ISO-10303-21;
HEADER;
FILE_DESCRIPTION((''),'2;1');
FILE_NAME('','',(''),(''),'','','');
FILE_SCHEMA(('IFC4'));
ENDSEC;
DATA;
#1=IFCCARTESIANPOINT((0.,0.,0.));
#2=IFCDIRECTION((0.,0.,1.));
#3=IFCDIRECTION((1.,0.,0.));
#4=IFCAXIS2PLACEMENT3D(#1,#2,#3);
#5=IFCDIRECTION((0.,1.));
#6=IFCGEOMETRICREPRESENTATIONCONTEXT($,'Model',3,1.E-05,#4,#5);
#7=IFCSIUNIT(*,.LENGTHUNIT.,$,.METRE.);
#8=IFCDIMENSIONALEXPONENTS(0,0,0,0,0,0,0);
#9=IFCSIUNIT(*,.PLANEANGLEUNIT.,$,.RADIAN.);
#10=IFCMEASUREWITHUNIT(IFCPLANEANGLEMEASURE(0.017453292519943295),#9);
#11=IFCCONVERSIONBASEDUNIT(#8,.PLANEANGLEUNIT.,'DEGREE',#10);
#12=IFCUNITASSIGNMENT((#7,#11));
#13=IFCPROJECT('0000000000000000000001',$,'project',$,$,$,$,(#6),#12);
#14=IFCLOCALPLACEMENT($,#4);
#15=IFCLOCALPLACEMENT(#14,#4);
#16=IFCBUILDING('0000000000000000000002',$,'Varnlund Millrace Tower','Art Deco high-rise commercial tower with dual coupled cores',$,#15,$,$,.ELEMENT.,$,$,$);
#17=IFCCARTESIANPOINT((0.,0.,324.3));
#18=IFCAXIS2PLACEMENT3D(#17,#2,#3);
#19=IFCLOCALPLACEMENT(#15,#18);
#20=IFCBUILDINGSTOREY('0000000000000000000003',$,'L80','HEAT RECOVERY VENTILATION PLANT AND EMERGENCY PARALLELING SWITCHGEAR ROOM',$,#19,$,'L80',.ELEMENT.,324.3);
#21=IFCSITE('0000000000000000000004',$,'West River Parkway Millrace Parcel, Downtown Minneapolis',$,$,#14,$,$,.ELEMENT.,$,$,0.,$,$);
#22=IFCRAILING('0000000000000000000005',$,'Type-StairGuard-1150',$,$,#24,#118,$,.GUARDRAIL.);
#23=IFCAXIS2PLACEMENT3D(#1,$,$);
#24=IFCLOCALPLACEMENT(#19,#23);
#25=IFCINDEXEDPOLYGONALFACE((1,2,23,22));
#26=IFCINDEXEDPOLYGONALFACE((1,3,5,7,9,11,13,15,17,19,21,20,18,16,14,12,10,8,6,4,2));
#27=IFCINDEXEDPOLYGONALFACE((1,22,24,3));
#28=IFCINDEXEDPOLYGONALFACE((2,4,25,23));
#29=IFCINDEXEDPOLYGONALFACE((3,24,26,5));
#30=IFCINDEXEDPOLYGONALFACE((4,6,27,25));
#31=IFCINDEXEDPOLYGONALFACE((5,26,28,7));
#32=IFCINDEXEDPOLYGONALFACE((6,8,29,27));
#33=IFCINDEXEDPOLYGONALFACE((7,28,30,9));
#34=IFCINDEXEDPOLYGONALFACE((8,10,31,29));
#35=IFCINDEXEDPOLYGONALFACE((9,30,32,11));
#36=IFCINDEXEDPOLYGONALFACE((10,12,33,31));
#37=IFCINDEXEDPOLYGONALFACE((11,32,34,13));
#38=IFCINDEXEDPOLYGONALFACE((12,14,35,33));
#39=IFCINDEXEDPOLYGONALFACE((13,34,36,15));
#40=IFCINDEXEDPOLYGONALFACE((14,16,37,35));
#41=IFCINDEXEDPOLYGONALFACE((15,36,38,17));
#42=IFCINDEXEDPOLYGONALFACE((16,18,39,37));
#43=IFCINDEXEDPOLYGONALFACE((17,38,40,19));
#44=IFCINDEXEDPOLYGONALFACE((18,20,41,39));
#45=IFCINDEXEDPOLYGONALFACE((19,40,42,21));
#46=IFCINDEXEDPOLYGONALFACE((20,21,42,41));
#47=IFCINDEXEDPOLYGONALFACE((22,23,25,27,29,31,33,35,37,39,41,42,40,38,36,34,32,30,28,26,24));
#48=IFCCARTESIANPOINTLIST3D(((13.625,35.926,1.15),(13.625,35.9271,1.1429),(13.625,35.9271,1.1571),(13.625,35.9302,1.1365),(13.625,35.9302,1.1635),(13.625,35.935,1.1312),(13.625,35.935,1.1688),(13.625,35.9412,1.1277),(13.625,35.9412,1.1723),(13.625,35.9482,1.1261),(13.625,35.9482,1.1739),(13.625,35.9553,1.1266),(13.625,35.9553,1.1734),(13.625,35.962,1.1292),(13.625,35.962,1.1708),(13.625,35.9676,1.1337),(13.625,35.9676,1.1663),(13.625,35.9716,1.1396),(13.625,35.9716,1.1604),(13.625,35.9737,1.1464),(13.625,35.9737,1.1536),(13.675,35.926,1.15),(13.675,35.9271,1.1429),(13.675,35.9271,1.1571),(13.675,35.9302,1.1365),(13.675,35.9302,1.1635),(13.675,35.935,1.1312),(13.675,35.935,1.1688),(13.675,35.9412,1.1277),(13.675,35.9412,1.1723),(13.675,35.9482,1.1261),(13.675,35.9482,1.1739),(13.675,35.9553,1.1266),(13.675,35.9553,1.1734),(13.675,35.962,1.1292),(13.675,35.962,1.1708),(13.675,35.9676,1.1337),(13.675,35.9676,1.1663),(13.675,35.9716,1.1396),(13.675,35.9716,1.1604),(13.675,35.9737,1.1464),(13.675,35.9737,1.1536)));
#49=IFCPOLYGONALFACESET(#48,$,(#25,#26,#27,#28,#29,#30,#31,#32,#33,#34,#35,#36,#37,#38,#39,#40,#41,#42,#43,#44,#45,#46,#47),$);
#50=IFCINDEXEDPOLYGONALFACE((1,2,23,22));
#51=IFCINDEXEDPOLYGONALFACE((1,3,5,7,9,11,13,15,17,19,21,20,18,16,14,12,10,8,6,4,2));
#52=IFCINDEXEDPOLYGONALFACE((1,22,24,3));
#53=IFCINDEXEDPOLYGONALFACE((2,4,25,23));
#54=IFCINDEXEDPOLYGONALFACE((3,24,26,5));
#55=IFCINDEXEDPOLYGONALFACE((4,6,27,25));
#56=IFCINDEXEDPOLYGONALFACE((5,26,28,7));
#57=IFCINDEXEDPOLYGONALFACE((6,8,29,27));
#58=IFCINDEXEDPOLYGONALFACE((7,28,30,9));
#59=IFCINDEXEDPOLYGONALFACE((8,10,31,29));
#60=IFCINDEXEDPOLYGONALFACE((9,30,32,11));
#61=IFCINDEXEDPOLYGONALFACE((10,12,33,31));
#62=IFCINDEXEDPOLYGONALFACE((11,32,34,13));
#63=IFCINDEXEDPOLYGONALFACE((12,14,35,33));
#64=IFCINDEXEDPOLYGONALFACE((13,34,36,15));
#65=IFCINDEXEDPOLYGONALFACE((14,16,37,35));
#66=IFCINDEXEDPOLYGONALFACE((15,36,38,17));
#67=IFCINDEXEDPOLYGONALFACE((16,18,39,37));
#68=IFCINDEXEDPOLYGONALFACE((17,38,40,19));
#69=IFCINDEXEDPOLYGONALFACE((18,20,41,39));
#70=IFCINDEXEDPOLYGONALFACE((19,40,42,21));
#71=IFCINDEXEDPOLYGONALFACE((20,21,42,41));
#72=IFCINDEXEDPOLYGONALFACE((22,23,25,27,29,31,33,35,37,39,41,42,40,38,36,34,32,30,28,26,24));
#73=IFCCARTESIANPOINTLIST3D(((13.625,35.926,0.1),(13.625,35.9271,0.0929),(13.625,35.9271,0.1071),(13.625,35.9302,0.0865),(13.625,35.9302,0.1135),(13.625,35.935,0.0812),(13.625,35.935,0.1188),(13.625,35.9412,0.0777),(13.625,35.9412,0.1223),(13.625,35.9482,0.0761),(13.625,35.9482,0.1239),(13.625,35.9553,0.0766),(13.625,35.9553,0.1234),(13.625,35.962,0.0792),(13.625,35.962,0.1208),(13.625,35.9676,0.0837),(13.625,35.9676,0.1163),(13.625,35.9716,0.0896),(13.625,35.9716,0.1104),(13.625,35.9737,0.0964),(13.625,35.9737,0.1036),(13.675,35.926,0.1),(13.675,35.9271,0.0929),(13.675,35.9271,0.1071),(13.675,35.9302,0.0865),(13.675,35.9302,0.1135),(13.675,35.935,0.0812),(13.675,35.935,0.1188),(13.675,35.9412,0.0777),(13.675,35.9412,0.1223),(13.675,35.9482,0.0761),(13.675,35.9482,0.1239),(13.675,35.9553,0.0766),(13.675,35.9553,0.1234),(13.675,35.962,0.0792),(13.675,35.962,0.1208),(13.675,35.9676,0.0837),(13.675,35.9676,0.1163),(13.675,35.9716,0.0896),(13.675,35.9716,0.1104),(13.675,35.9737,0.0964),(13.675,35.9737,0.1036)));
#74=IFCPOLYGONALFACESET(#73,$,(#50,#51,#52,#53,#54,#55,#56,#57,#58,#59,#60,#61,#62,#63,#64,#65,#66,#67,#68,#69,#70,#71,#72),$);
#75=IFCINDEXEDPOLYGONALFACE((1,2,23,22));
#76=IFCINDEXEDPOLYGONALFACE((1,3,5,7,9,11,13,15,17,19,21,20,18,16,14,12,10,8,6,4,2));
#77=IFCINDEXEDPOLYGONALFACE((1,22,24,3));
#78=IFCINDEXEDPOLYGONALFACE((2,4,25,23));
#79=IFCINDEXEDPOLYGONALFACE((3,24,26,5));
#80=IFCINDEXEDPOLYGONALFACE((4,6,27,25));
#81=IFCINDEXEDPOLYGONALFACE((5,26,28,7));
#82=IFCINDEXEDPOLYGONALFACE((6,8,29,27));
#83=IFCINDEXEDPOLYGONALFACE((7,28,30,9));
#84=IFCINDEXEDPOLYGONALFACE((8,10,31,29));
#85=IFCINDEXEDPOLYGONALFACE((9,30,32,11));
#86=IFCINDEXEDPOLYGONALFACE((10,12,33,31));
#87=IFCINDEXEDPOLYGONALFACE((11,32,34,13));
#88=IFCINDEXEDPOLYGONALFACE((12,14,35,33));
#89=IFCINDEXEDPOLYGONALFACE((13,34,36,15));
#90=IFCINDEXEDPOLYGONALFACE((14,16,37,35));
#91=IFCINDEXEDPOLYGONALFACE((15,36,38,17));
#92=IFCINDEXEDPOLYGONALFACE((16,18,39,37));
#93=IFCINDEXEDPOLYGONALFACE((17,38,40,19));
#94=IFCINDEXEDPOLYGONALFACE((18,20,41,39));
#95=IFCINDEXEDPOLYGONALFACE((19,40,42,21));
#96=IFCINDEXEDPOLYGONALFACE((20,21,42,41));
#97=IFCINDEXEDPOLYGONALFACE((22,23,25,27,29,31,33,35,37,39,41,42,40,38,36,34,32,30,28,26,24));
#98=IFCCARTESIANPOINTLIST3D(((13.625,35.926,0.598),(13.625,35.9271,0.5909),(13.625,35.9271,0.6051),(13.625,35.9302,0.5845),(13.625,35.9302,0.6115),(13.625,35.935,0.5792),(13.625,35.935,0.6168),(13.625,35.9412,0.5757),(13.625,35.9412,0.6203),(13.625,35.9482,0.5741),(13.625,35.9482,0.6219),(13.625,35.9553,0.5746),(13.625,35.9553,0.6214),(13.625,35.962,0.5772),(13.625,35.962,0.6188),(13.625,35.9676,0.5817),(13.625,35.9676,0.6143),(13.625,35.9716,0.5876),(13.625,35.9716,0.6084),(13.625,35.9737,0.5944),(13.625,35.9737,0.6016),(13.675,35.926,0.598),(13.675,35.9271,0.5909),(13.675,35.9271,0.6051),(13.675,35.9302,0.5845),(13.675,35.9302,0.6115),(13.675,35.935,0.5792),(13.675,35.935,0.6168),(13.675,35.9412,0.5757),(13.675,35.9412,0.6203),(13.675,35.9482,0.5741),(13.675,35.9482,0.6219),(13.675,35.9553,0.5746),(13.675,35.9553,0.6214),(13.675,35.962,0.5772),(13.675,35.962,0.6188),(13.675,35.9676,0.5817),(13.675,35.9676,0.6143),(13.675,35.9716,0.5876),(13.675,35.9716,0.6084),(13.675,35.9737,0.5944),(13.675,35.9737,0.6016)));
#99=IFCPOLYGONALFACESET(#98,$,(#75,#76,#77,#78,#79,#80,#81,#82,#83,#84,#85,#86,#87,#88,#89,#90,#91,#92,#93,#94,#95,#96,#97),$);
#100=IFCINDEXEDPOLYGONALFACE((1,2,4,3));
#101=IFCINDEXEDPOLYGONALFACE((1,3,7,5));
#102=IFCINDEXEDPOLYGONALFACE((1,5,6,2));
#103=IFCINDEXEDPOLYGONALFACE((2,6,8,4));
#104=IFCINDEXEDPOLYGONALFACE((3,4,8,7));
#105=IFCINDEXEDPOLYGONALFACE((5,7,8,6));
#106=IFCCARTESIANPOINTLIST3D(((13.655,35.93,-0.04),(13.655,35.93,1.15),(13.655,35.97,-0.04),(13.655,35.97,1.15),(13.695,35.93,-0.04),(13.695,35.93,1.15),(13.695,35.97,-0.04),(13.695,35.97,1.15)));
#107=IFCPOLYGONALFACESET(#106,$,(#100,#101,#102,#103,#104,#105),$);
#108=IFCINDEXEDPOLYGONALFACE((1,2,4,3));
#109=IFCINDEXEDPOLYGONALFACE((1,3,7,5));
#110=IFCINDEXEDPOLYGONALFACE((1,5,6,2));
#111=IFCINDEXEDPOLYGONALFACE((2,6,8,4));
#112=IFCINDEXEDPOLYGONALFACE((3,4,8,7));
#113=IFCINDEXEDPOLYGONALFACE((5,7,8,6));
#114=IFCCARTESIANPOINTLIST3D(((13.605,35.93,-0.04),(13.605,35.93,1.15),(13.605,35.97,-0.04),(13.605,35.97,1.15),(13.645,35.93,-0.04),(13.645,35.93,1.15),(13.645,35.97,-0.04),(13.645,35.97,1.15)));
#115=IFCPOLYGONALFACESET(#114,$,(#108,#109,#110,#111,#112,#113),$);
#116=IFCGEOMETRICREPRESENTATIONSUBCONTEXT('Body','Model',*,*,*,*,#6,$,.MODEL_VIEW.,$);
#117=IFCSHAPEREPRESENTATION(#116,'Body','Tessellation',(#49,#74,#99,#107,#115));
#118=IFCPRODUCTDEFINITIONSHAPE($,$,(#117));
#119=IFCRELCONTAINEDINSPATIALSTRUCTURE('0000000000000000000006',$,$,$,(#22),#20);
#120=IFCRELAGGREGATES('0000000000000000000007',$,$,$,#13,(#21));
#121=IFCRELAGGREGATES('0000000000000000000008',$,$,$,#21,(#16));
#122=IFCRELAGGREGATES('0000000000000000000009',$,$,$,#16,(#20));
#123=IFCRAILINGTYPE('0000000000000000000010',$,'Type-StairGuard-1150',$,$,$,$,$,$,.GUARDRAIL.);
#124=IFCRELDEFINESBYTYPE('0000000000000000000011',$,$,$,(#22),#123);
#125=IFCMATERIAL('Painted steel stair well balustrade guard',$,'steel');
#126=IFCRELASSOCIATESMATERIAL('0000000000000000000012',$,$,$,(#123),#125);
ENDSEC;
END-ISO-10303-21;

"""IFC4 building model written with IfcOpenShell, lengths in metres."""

from ifc_helpers import new_model, entity, si_unit, converted_unit, direction, frame, origin_with_axes, origin_2d_with_axis, place, context, subcontext, project, spatial, rectangle, circle, extrude, material, type_object, element, save


model = new_model("IFC4")

# Units and contexts
model_context = context("Model", 3, precision=1e-05, world=origin_with_axes(), true_north=direction((0.0, 1.0)))
body_context = subcontext(model_context, "Body", "Model", "MODEL_VIEW")
ifc_project = project(units=[si_unit("LENGTHUNIT", "METRE"), converted_unit("PLANEANGLEUNIT", "DEGREE", entity("IfcPlaneAngleMeasure", 0.017453292519943295), si_unit("PLANEANGLEUNIT", "RADIAN"), dimensions=[0, 0, 0, 0, 0, 0, 0])], contexts=[model_context])

# Site, building, storey
site_placement = place(None, origin_with_axes())
site = spatial("IfcSite", under=ifc_project, at=site_placement, Name="West River Parkway Millrace Parcel, Downtown Minneapolis", CompositionType="ELEMENT", RefElevation=0.0)
building_placement = place(site_placement, origin_with_axes())
building = spatial("IfcBuilding", under=site, at=building_placement, Name="Varnlund Millrace Tower", Description="Art Deco high-rise commercial tower with dual coupled cores", CompositionType="ELEMENT")
storey_placement = place(building_placement, frame((0.0, 0.0, 324.3), z_axis=(0.0, 0.0, 1.0), x_axis=(1.0, 0.0, 0.0)))
storey = spatial("IfcBuildingStorey", under=building, at=storey_placement, Name="L80", Description="HEAT RECOVERY VENTILATION PLANT AND EMERGENCY PARALLELING SWITCHGEAR ROOM", LongName="L80", CompositionType="ELEMENT", Elevation=324.3)

# Railing
ifc_material_1 = material(Name="Painted steel stair well balustrade guard", Category="steel")
railing_type_1 = type_object("IfcRailingType", Name="Type-StairGuard-1150", PredefinedType="GUARDRAIL", material=ifc_material_1)
railing_1_placement = place(storey_placement, frame((0.0, 0.0, -324.3), z_axis=(0.0, 0.0, 1.0), x_axis=(1.0, 0.0, 0.0)))
element("IfcRailing", 1, at=railing_1_placement, inside=storey, type_object=railing_type_1, Name="Type-StairGuard-1150", PredefinedType="GUARDRAIL", context=body_context, shape_type="SweptSolid", body=[
    extrude(circle(Radius=0.024, at=origin_2d_with_axis()), frame((13.675, 35.95, 325.45), z_axis=(-1.0, 0.0, 0.0), x_axis=(0.0, -1.0, 0.0)), (0.0, 0.0, 1.0), 0.05),
    extrude(circle(Radius=0.024, at=origin_2d_with_axis()), frame((13.675, 35.95, 324.4), z_axis=(-1.0, 0.0, 0.0), x_axis=(0.0, -1.0, 0.0)), (0.0, 0.0, 1.0), 0.05),
    extrude(circle(Radius=0.024, at=origin_2d_with_axis()), frame((13.675, 35.95, 324.898), z_axis=(-1.0, 0.0, 0.0), x_axis=(0.0, -1.0, 0.0)), (0.0, 0.0, 1.0), 0.05),
    extrude(rectangle(XDim=0.04, YDim=0.04, at=origin_2d_with_axis()), frame((13.675, 35.95, 324.26), z_axis=(0.0, 0.0, 1.0), x_axis=(1.0, 0.0, 0.0)), (0.0, 0.0, 1.0), 1.19),
    extrude(rectangle(XDim=0.04, YDim=0.04, at=origin_2d_with_axis()), frame((13.625, 35.95, 324.26), z_axis=(0.0, 0.0, 1.0), x_axis=(1.0, 0.0, 0.0)), (0.0, 0.0, 1.0), 1.19),
])

save(model, "model.ifc")
